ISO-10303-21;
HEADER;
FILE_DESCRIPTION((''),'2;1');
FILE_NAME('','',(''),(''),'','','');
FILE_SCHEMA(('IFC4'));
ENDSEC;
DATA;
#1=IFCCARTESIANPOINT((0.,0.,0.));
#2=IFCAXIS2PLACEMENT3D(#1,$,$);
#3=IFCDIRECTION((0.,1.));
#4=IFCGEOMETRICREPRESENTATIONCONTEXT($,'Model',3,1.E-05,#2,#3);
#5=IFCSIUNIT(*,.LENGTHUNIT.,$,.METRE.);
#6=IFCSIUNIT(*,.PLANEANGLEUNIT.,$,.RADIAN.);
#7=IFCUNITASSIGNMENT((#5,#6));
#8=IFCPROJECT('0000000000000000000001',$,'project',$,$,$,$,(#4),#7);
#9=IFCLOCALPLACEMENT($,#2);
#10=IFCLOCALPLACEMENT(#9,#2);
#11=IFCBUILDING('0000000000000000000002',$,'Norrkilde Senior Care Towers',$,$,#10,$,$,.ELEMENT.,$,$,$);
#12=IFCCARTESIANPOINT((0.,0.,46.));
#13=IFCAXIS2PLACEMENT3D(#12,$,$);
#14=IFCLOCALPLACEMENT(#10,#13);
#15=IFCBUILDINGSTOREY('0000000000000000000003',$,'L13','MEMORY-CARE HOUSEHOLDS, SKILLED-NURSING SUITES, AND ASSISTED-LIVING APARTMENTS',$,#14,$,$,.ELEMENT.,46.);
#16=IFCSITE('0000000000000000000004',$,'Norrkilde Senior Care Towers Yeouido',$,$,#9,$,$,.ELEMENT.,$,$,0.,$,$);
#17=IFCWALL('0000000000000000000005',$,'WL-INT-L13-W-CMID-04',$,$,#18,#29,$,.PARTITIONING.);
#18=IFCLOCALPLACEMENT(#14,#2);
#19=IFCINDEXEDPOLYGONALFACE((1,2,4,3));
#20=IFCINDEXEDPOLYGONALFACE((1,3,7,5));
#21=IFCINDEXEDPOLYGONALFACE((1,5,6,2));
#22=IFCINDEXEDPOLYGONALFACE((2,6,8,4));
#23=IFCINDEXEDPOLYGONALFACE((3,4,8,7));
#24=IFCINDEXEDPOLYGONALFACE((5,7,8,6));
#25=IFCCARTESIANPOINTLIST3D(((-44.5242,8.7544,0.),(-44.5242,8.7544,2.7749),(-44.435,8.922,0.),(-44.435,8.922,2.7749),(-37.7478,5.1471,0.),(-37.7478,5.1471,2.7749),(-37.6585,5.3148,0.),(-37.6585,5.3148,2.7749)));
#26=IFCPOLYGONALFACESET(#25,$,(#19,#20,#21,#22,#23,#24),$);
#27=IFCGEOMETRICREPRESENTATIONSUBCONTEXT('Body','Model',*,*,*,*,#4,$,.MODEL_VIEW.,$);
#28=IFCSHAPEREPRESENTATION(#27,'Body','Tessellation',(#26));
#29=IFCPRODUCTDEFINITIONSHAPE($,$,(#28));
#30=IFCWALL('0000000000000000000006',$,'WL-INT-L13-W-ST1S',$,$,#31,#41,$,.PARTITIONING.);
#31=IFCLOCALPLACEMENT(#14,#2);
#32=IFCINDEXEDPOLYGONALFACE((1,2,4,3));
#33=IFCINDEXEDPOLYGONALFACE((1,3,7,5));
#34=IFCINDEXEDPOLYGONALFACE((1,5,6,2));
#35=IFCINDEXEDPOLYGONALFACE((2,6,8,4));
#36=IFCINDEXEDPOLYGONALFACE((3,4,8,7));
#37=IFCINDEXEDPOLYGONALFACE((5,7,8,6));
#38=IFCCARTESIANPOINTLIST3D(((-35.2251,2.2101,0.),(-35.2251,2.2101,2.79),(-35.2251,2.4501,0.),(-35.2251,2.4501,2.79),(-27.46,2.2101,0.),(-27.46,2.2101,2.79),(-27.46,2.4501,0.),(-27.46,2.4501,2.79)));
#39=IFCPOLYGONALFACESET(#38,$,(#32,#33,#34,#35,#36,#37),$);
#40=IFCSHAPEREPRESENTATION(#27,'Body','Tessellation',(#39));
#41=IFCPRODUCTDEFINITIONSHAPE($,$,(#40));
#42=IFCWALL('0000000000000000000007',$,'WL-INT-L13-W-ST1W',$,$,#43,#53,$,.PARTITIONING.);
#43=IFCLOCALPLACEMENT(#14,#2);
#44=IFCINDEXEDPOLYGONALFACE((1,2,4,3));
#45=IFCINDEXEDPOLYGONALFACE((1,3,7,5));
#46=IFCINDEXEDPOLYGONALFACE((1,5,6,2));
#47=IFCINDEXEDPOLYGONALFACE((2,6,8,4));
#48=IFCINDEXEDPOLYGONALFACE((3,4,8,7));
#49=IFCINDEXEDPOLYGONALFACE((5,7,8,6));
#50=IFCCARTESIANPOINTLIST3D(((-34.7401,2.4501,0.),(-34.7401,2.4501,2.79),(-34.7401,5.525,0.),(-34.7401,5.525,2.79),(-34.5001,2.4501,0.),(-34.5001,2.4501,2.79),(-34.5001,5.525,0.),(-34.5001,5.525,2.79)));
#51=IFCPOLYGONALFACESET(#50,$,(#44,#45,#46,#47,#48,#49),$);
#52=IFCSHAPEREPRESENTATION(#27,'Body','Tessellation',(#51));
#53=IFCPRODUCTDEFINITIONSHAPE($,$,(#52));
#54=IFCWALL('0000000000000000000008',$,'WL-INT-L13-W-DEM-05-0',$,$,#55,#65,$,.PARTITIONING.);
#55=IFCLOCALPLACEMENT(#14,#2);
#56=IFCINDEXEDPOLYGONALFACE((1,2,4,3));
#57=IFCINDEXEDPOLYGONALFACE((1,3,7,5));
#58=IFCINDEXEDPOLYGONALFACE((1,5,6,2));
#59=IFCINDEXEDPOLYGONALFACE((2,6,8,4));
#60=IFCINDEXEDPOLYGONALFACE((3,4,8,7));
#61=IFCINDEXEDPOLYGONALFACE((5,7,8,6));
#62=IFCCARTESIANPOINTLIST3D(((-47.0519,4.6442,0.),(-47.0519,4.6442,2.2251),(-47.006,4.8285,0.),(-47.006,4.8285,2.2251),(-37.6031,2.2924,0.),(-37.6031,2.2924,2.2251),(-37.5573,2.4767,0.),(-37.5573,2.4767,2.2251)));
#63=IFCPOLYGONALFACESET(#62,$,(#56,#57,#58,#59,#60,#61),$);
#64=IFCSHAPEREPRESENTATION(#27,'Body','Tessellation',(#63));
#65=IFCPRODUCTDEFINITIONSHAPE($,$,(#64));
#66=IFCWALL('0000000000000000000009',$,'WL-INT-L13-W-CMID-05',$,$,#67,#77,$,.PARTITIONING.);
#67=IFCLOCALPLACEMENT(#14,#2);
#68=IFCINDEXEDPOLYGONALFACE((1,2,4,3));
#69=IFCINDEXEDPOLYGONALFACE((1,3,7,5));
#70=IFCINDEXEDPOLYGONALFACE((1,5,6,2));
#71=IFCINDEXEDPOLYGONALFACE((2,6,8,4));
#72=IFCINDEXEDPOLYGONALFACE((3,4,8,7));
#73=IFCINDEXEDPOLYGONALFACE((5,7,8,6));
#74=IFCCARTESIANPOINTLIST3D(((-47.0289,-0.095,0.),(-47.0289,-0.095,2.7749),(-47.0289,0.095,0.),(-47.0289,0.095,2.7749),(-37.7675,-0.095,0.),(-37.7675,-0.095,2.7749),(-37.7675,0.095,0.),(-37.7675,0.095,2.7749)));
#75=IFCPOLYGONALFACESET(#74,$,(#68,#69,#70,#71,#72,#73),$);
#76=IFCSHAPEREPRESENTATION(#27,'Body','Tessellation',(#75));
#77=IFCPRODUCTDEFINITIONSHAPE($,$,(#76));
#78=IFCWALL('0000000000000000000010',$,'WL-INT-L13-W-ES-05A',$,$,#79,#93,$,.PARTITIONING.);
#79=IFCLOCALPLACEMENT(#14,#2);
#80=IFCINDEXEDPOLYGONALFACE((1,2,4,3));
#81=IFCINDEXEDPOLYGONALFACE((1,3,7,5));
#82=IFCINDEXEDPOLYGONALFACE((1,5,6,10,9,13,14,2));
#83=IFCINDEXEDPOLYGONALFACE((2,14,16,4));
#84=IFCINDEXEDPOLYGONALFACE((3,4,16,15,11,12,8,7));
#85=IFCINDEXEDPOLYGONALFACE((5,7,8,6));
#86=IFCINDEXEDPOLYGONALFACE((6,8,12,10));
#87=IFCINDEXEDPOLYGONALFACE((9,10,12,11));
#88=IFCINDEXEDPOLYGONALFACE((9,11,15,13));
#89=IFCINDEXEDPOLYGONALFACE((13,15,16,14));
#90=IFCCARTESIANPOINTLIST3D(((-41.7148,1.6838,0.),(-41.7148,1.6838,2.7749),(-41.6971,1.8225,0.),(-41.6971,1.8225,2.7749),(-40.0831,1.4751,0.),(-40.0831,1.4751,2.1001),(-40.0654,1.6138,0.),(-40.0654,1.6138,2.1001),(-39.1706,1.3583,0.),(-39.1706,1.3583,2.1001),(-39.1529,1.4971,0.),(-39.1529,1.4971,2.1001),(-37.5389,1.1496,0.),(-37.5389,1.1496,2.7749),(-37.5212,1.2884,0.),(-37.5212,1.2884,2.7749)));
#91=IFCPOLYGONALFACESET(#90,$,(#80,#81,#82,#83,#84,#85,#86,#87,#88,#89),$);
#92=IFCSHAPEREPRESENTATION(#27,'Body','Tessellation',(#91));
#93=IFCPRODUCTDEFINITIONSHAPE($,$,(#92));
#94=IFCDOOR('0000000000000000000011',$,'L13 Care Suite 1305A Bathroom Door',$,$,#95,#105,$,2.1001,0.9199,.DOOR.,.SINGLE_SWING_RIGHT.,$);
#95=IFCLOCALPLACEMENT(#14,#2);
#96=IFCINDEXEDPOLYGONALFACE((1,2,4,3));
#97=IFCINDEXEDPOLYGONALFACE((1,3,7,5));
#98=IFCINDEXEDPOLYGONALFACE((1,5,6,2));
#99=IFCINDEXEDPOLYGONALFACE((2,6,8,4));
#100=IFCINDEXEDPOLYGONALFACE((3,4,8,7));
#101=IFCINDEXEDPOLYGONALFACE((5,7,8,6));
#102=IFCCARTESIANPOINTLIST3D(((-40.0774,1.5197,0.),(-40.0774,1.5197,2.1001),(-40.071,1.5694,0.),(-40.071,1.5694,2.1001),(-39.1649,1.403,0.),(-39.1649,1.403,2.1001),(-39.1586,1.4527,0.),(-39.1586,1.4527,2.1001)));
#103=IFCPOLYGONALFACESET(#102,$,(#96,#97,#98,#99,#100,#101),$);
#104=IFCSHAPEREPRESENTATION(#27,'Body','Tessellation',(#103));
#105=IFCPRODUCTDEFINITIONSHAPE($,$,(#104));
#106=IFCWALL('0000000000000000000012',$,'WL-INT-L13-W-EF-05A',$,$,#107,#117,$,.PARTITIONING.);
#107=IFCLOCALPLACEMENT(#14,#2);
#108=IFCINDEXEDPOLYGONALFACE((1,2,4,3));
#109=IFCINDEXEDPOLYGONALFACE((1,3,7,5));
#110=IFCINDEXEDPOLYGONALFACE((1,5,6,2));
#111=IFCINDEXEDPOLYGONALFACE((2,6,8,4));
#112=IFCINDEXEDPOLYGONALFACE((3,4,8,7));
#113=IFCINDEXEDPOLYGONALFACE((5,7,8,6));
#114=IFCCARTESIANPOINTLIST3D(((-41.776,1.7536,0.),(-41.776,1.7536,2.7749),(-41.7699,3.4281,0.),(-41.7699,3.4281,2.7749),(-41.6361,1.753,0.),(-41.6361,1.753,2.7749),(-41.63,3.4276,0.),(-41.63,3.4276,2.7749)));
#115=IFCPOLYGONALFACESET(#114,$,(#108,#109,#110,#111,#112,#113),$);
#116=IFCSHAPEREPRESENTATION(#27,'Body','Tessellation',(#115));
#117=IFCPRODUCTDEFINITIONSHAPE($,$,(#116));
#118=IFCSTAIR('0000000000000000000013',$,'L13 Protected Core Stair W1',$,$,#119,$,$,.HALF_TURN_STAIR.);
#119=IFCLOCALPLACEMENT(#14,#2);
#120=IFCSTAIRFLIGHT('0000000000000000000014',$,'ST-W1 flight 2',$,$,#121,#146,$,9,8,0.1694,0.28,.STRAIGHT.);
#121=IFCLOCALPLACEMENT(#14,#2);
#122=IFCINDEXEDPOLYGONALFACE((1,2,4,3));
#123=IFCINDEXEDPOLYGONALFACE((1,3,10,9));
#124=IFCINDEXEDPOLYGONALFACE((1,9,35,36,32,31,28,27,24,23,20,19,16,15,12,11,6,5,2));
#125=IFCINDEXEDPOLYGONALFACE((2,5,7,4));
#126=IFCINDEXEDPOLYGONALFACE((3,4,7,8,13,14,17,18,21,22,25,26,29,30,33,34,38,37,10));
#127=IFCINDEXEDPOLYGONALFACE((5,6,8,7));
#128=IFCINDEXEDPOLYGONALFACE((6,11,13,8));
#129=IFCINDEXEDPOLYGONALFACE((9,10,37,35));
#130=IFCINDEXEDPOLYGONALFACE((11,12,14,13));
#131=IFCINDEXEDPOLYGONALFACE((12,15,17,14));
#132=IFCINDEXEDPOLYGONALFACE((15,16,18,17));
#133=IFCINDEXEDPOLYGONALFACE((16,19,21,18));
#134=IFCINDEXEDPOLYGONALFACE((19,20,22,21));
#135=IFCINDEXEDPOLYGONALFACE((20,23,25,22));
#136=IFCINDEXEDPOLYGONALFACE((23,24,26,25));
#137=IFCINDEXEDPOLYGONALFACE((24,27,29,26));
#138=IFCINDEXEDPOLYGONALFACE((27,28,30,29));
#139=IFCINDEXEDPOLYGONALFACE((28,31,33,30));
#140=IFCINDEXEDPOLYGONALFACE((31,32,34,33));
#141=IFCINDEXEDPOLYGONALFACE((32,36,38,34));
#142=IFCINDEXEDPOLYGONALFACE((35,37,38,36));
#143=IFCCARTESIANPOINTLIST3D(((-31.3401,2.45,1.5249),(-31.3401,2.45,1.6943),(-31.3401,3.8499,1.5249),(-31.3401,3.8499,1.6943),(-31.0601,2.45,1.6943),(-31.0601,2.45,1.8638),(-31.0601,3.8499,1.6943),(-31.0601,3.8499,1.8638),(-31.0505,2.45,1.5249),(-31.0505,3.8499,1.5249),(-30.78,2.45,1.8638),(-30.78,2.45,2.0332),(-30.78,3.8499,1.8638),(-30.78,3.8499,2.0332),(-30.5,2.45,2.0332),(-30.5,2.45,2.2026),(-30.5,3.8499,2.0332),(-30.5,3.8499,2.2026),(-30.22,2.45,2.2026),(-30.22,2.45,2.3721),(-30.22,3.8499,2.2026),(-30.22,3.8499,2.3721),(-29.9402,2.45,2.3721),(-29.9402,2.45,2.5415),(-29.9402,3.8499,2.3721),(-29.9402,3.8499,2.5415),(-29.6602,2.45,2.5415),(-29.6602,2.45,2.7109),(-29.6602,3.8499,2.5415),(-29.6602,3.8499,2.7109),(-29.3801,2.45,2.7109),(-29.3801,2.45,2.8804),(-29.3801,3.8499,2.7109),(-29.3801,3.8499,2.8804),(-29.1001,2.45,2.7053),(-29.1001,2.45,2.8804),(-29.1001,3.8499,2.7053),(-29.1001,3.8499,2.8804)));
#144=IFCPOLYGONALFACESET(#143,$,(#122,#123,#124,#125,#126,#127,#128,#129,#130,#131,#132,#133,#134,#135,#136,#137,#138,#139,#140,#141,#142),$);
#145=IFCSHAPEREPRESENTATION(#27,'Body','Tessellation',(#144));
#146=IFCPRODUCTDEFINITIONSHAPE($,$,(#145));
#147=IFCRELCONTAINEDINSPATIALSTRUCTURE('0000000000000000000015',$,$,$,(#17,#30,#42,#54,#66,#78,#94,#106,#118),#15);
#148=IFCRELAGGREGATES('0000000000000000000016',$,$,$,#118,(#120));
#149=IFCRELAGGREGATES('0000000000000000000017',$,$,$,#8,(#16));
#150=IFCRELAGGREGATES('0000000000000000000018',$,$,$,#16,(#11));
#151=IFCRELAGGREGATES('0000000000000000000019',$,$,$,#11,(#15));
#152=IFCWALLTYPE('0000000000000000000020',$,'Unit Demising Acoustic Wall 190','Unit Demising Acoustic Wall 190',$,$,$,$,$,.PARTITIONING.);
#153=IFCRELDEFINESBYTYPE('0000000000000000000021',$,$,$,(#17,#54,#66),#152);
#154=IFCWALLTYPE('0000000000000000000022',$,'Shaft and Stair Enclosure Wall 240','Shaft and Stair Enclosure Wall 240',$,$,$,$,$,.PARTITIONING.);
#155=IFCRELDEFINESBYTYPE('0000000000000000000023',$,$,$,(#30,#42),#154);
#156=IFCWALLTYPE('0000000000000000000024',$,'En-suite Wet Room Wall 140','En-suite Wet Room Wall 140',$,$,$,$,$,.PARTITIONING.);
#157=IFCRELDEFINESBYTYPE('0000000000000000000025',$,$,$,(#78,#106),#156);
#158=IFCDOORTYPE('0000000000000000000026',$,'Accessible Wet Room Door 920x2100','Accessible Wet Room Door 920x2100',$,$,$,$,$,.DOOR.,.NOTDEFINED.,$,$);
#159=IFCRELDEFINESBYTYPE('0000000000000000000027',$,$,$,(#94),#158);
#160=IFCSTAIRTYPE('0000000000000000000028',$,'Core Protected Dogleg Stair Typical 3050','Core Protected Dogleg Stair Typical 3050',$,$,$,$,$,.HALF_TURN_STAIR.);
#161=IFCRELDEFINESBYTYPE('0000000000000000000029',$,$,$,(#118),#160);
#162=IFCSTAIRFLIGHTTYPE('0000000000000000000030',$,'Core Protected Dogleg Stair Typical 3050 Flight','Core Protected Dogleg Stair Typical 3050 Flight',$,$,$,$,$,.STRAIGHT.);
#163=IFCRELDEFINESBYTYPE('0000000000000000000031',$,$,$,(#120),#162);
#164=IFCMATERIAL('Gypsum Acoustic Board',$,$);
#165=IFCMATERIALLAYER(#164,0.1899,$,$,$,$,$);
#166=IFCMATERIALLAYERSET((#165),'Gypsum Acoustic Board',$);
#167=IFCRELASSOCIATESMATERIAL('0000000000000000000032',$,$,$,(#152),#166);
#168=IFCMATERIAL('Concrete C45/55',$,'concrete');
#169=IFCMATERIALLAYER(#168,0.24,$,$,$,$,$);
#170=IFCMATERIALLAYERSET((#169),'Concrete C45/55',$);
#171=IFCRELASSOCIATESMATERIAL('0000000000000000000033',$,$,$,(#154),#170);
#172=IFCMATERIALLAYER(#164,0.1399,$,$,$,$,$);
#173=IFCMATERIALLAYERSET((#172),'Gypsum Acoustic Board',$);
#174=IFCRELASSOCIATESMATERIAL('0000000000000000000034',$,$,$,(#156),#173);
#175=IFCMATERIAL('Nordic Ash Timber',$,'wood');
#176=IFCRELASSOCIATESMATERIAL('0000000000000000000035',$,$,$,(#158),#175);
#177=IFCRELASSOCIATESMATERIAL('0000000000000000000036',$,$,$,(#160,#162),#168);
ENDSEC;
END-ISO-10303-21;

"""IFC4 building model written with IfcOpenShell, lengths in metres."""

from ifc_helpers import new_model, si_unit, direction, frame, frame_2d, origin, place, context, subcontext, project, spatial, polyline, rectangle, outline, extrude, source, transform, mapped, material, layer, layer_set, type_object, type_shapes, element, fill, aggregate, save


model = new_model("IFC4")

# Units and contexts
model_context = context("Model", 3, precision=1e-05, world=origin(), true_north=direction((0.0, 1.0)))
body_context = subcontext(model_context, "Body", "Model", "MODEL_VIEW")
ifc_project = project(units=[si_unit("LENGTHUNIT", "METRE"), si_unit("PLANEANGLEUNIT", "RADIAN")], contexts=[model_context])

# Site, building, storey
site_placement = place(None, origin())
site = spatial("IfcSite", under=ifc_project, at=site_placement, Name="Norrkilde Senior Care Towers Yeouido", CompositionType="ELEMENT", RefElevation=0.0)
building_placement = place(site_placement, origin())
building = spatial("IfcBuilding", under=site, at=building_placement, Name="Norrkilde Senior Care Towers", CompositionType="ELEMENT")
storey_placement = place(building_placement, frame((0.0, 0.0, 46.0)))
storey = spatial("IfcBuildingStorey", under=building, at=storey_placement, Name="L13", Description="MEMORY-CARE HOUSEHOLDS, SKILLED-NURSING SUITES, AND ASSISTED-LIVING APARTMENTS", CompositionType="ELEMENT", Elevation=46.0)

# Walls
ifc_material_1 = material(Name="Gypsum Acoustic Board")
ifc_layer_1 = layer(ifc_material_1, 0.1899)
ifc_layer_set_1 = layer_set([ifc_layer_1], Name="Gypsum Acoustic Board")
wall_type_1 = type_object("IfcWallType", Name="Unit Demising Acoustic Wall 190", Description="Unit Demising Acoustic Wall 190", PredefinedType="PARTITIONING", material=ifc_layer_set_1)
shared_shape_1 = source(origin(), body_context, "Body", "SweptSolid", [
    extrude(rectangle(XDim=7.6768, YDim=0.1899, at=frame_2d((3.8384, 0.0))), origin(), (0.0, 0.0, 1.0), 2.7749),
])
wall_1_placement = place(storey_placement, frame((-37.7031, 5.231, 0.0), z_axis=(0.0, 0.0, 1.0), x_axis=(-0.882725, 0.46989, 0.0)))
element("IfcWall", 1, at=wall_1_placement, inside=storey, type_object=wall_type_1, Name="WL-INT-L13-W-CMID-04", PredefinedType="PARTITIONING", context=body_context, shape_type="MappedRepresentation", body=[
    mapped(shared_shape_1, transform((0.0, 0.0, 0.0), x_axis=(1.0, 0.0, 0.0), y_axis=(0.0, 1.0, 0.0), z_axis=(0.0, 0.0, 1.0), scale=1.0)),
])
ifc_material_2 = material(Name="Concrete C45/55", Category="concrete")
ifc_layer_2 = layer(ifc_material_2, 0.24)
ifc_layer_set_2 = layer_set([ifc_layer_2], Name="Concrete C45/55")
wall_type_2 = type_object("IfcWallType", Name="Shaft and Stair Enclosure Wall 240", Description="Shaft and Stair Enclosure Wall 240", PredefinedType="PARTITIONING", material=ifc_layer_set_2)
shared_shape_2 = source(origin(), body_context, "Body", "SweptSolid", [
    extrude(rectangle(XDim=7.7651, YDim=0.24, at=frame_2d((3.8826, 0.0))), origin(), (0.0, 0.0, 1.0), 2.79),
])
wall_2_placement = place(storey_placement, frame((-35.2251, 2.3301, 0.0), z_axis=(0.0, 0.0, 1.0), x_axis=(1.0, 0.0, 0.0)))
element("IfcWall", 2, at=wall_2_placement, inside=storey, type_object=wall_type_2, Name="WL-INT-L13-W-ST1S", PredefinedType="PARTITIONING", context=body_context, shape_type="MappedRepresentation", body=[
    mapped(shared_shape_2, transform((0.0, 0.0, 0.0), x_axis=(1.0, 0.0, 0.0), y_axis=(0.0, 1.0, 0.0), z_axis=(0.0, 0.0, 1.0), scale=1.0)),
])
shared_shape_3 = source(origin(), body_context, "Body", "SweptSolid", [
    extrude(rectangle(XDim=3.075, YDim=0.24, at=frame_2d((1.5376, 0.0))), origin(), (0.0, 0.0, 1.0), 2.79),
])
type_shapes(wall_type_2, [shared_shape_2, shared_shape_3])
wall_3_placement = place(storey_placement, frame((-34.6201, 2.45, 0.0), z_axis=(0.0, 0.0, 1.0), x_axis=(0.0, 1.0, 0.0)))
element("IfcWall", 3, at=wall_3_placement, inside=storey, type_object=wall_type_2, Name="WL-INT-L13-W-ST1W", PredefinedType="PARTITIONING", context=body_context, shape_type="MappedRepresentation", body=[
    mapped(shared_shape_3, transform((0.0, 0.0, 0.0), x_axis=(1.0, 0.0, 0.0), y_axis=(0.0, 1.0, 0.0), z_axis=(0.0, 0.0, 1.0), scale=1.0)),
])
shared_shape_4 = source(origin(), body_context, "Body", "SweptSolid", [
    extrude(rectangle(XDim=9.7371, YDim=0.1899, at=frame_2d((4.8687, 0.0))), origin(), (0.0, 0.0, 1.0), 2.2251),
])
wall_4_placement = place(storey_placement, frame((-37.5801, 2.3845, 0.0), z_axis=(0.0, 0.0, 1.0), x_axis=(-0.970393, 0.241533, 0.0)))
element("IfcWall", 4, at=wall_4_placement, inside=storey, type_object=wall_type_1, Name="WL-INT-L13-W-DEM-05-0", PredefinedType="PARTITIONING", context=body_context, shape_type="MappedRepresentation", body=[
    mapped(shared_shape_4, transform((0.0, 0.0, 0.0), x_axis=(1.0, 0.0, 0.0), y_axis=(0.0, 1.0, 0.0), z_axis=(0.0, 0.0, 1.0), scale=1.0)),
])
shared_shape_5 = source(origin(), body_context, "Body", "SweptSolid", [
    extrude(rectangle(XDim=9.2615, YDim=0.1899, at=frame_2d((4.6309, 0.0))), origin(), (0.0, 0.0, 1.0), 2.7749),
])
type_shapes(wall_type_1, [shared_shape_1, shared_shape_4, shared_shape_5])
wall_5_placement = place(storey_placement, frame((-37.7673, 0.0, 0.0), z_axis=(0.0, 0.0, 1.0), x_axis=(-1.0, 0.0, 0.0)))
element("IfcWall", 5, at=wall_5_placement, inside=storey, type_object=wall_type_1, Name="WL-INT-L13-W-CMID-05", PredefinedType="PARTITIONING", context=body_context, shape_type="MappedRepresentation", body=[
    mapped(shared_shape_5, transform((0.0, 0.0, 0.0), x_axis=(1.0, 0.0, 0.0), y_axis=(0.0, 1.0, 0.0), z_axis=(0.0, 0.0, 1.0), scale=1.0)),
])

# Wall, opening, door
ifc_layer_3 = layer(ifc_material_1, 0.1399)
ifc_layer_set_3 = layer_set([ifc_layer_3], Name="Gypsum Acoustic Board")
wall_type_3 = type_object("IfcWallType", Name="En-suite Wet Room Wall 140", Description="En-suite Wet Room Wall 140", PredefinedType="PARTITIONING", material=ifc_layer_set_3)
shared_shape_6 = source(origin(), body_context, "Body", "SweptSolid", [
    extrude(rectangle(XDim=4.21, YDim=0.1399, at=frame_2d((2.105, 0.0))), origin(), (0.0, 0.0, 1.0), 2.7749),
])
wall_6_placement = place(storey_placement, frame((-37.53, 1.219, 0.0), z_axis=(0.0, 0.0, 1.0), x_axis=(-0.991918, 0.126882, 0.0)))
wall_6 = element("IfcWall", 6, at=wall_6_placement, inside=storey, type_object=wall_type_3, Name="WL-INT-L13-W-ES-05A", PredefinedType="PARTITIONING", context=body_context, shape_type="MappedRepresentation", body=[
    mapped(shared_shape_6, transform((0.0, 0.0, 0.0), x_axis=(1.0, 0.0, 0.0), y_axis=(0.0, 1.0, 0.0), z_axis=(0.0, 0.0, 1.0), scale=1.0)),
])
opening_placement = place(wall_6_placement, frame((1.645, 0.0, 0.0)))
opening = element("IfcOpeningElement", 7, at=opening_placement, cuts=wall_6, PredefinedType="OPENING", context=body_context, shape_type="SweptSolid", body=[
    extrude(rectangle(XDim=0.9199, YDim=2.1001, at=frame_2d((0.46, 1.05))), frame((0.0, 0.0798, 0.0), z_axis=(0.0, -1.0, 0.0), x_axis=(1.0, 0.0, 0.0)), (0.0, 0.0, 1.0), 0.1599),
])
ifc_material_3 = material(Name="Nordic Ash Timber", Category="wood")
door_type = type_object("IfcDoorType", Name="Accessible Wet Room Door 920x2100", Description="Accessible Wet Room Door 920x2100", OperationType="NOTDEFINED", PredefinedType="DOOR", material=ifc_material_3)
shared_shape_7 = source(origin(), body_context, "Body", "SweptSolid", [
    extrude(rectangle(XDim=0.9199, YDim=2.1001, at=frame_2d((0.46, 1.05))), frame((0.0, 0.0249, 0.0), z_axis=(0.0, -1.0, 0.0), x_axis=(1.0, 0.0, 0.0)), (0.0, 0.0, 1.0), 0.05),
])
type_shapes(door_type, [shared_shape_7])
door_placement = place(opening_placement, origin())
door = element("IfcDoor", 8, at=door_placement, inside=storey, type_object=door_type, Name="L13 Care Suite 1305A Bathroom Door", OperationType="SINGLE_SWING_RIGHT", OverallHeight=2.1001, OverallWidth=0.9199, PredefinedType="DOOR", context=body_context, shape_type="MappedRepresentation", body=[
    mapped(shared_shape_7, transform((0.0, 0.0, 0.0), x_axis=(1.0, 0.0, 0.0), y_axis=(0.0, 1.0, 0.0), z_axis=(0.0, 0.0, 1.0), scale=1.0)),
])
fill(opening, door)

# Wall
shared_shape_8 = source(origin(), body_context, "Body", "SweptSolid", [
    extrude(rectangle(XDim=1.6746, YDim=0.1399, at=frame_2d((0.8374, 0.0))), origin(), (0.0, 0.0, 1.0), 2.7749),
])
type_shapes(wall_type_3, [shared_shape_6, shared_shape_8])
wall_7_placement = place(storey_placement, frame((-41.7061, 1.7532, 0.0), z_axis=(0.0, 0.0, 1.0), x_axis=(0.003645, 0.999993, 0.0)))
element("IfcWall", 9, at=wall_7_placement, inside=storey, type_object=wall_type_3, Name="WL-INT-L13-W-EF-05A", PredefinedType="PARTITIONING", context=body_context, shape_type="MappedRepresentation", body=[
    mapped(shared_shape_8, transform((0.0, 0.0, 0.0), x_axis=(1.0, 0.0, 0.0), y_axis=(0.0, 1.0, 0.0), z_axis=(0.0, 0.0, 1.0), scale=1.0)),
])

# Stair, stair flight
stair_type = type_object("IfcStairType", Name="Core Protected Dogleg Stair Typical 3050", Description="Core Protected Dogleg Stair Typical 3050", PredefinedType="HALF_TURN_STAIR", material=ifc_material_2)
stair_placement = place(storey_placement, origin())
stair = element("IfcStair", 10, at=stair_placement, inside=storey, type_object=stair_type, Name="L13 Protected Core Stair W1", PredefinedType="HALF_TURN_STAIR")
stair_flight_type = type_object("IfcStairFlightType", Name="Core Protected Dogleg Stair Typical 3050 Flight", Description="Core Protected Dogleg Stair Typical 3050 Flight", PredefinedType="STRAIGHT", material=ifc_material_2)
stair_flight_placement = place(storey_placement, frame((-31.3401, 3.1499, 1.5249), z_axis=(0.0, 0.0, 1.0), x_axis=(1.0, 0.0, 0.0)))
stair_flight = element("IfcStairFlight", 11, at=stair_flight_placement, type_object=stair_flight_type, Name="ST-W1 flight 2", NumberOfRisers=9, NumberOfTreads=8, PredefinedType="STRAIGHT", RiserHeight=0.1694, TreadLength=0.28, context=body_context, shape_type="SweptSolid", body=[
    extrude(outline(polyline([(0.0, 0.0), (0.0, 0.1694), (0.28, 0.1694), (0.28, 0.3389), (0.5601, 0.3389), (0.5601, 0.5083), (0.8401, 0.5083), (0.8401, 0.6777), (1.1201, 0.6777), (1.1201, 0.8472), (1.3999, 0.8472), (1.3999, 1.0166), (1.6799, 1.0166), (1.6799, 1.186), (1.96, 1.186), (1.96, 1.3555), (2.24, 1.3555), (2.24, 1.5249), (2.24, 1.1804), (0.2896, 0.0), (0.0, 0.0)])), frame((0.0, 0.7, 0.0), z_axis=(0.0, -1.0, 0.0), x_axis=(1.0, 0.0, 0.0)), (0.0, 0.0, 1.0), 1.3999),
])
aggregate(stair, [stair_flight])

save(model, "model.ifc")
